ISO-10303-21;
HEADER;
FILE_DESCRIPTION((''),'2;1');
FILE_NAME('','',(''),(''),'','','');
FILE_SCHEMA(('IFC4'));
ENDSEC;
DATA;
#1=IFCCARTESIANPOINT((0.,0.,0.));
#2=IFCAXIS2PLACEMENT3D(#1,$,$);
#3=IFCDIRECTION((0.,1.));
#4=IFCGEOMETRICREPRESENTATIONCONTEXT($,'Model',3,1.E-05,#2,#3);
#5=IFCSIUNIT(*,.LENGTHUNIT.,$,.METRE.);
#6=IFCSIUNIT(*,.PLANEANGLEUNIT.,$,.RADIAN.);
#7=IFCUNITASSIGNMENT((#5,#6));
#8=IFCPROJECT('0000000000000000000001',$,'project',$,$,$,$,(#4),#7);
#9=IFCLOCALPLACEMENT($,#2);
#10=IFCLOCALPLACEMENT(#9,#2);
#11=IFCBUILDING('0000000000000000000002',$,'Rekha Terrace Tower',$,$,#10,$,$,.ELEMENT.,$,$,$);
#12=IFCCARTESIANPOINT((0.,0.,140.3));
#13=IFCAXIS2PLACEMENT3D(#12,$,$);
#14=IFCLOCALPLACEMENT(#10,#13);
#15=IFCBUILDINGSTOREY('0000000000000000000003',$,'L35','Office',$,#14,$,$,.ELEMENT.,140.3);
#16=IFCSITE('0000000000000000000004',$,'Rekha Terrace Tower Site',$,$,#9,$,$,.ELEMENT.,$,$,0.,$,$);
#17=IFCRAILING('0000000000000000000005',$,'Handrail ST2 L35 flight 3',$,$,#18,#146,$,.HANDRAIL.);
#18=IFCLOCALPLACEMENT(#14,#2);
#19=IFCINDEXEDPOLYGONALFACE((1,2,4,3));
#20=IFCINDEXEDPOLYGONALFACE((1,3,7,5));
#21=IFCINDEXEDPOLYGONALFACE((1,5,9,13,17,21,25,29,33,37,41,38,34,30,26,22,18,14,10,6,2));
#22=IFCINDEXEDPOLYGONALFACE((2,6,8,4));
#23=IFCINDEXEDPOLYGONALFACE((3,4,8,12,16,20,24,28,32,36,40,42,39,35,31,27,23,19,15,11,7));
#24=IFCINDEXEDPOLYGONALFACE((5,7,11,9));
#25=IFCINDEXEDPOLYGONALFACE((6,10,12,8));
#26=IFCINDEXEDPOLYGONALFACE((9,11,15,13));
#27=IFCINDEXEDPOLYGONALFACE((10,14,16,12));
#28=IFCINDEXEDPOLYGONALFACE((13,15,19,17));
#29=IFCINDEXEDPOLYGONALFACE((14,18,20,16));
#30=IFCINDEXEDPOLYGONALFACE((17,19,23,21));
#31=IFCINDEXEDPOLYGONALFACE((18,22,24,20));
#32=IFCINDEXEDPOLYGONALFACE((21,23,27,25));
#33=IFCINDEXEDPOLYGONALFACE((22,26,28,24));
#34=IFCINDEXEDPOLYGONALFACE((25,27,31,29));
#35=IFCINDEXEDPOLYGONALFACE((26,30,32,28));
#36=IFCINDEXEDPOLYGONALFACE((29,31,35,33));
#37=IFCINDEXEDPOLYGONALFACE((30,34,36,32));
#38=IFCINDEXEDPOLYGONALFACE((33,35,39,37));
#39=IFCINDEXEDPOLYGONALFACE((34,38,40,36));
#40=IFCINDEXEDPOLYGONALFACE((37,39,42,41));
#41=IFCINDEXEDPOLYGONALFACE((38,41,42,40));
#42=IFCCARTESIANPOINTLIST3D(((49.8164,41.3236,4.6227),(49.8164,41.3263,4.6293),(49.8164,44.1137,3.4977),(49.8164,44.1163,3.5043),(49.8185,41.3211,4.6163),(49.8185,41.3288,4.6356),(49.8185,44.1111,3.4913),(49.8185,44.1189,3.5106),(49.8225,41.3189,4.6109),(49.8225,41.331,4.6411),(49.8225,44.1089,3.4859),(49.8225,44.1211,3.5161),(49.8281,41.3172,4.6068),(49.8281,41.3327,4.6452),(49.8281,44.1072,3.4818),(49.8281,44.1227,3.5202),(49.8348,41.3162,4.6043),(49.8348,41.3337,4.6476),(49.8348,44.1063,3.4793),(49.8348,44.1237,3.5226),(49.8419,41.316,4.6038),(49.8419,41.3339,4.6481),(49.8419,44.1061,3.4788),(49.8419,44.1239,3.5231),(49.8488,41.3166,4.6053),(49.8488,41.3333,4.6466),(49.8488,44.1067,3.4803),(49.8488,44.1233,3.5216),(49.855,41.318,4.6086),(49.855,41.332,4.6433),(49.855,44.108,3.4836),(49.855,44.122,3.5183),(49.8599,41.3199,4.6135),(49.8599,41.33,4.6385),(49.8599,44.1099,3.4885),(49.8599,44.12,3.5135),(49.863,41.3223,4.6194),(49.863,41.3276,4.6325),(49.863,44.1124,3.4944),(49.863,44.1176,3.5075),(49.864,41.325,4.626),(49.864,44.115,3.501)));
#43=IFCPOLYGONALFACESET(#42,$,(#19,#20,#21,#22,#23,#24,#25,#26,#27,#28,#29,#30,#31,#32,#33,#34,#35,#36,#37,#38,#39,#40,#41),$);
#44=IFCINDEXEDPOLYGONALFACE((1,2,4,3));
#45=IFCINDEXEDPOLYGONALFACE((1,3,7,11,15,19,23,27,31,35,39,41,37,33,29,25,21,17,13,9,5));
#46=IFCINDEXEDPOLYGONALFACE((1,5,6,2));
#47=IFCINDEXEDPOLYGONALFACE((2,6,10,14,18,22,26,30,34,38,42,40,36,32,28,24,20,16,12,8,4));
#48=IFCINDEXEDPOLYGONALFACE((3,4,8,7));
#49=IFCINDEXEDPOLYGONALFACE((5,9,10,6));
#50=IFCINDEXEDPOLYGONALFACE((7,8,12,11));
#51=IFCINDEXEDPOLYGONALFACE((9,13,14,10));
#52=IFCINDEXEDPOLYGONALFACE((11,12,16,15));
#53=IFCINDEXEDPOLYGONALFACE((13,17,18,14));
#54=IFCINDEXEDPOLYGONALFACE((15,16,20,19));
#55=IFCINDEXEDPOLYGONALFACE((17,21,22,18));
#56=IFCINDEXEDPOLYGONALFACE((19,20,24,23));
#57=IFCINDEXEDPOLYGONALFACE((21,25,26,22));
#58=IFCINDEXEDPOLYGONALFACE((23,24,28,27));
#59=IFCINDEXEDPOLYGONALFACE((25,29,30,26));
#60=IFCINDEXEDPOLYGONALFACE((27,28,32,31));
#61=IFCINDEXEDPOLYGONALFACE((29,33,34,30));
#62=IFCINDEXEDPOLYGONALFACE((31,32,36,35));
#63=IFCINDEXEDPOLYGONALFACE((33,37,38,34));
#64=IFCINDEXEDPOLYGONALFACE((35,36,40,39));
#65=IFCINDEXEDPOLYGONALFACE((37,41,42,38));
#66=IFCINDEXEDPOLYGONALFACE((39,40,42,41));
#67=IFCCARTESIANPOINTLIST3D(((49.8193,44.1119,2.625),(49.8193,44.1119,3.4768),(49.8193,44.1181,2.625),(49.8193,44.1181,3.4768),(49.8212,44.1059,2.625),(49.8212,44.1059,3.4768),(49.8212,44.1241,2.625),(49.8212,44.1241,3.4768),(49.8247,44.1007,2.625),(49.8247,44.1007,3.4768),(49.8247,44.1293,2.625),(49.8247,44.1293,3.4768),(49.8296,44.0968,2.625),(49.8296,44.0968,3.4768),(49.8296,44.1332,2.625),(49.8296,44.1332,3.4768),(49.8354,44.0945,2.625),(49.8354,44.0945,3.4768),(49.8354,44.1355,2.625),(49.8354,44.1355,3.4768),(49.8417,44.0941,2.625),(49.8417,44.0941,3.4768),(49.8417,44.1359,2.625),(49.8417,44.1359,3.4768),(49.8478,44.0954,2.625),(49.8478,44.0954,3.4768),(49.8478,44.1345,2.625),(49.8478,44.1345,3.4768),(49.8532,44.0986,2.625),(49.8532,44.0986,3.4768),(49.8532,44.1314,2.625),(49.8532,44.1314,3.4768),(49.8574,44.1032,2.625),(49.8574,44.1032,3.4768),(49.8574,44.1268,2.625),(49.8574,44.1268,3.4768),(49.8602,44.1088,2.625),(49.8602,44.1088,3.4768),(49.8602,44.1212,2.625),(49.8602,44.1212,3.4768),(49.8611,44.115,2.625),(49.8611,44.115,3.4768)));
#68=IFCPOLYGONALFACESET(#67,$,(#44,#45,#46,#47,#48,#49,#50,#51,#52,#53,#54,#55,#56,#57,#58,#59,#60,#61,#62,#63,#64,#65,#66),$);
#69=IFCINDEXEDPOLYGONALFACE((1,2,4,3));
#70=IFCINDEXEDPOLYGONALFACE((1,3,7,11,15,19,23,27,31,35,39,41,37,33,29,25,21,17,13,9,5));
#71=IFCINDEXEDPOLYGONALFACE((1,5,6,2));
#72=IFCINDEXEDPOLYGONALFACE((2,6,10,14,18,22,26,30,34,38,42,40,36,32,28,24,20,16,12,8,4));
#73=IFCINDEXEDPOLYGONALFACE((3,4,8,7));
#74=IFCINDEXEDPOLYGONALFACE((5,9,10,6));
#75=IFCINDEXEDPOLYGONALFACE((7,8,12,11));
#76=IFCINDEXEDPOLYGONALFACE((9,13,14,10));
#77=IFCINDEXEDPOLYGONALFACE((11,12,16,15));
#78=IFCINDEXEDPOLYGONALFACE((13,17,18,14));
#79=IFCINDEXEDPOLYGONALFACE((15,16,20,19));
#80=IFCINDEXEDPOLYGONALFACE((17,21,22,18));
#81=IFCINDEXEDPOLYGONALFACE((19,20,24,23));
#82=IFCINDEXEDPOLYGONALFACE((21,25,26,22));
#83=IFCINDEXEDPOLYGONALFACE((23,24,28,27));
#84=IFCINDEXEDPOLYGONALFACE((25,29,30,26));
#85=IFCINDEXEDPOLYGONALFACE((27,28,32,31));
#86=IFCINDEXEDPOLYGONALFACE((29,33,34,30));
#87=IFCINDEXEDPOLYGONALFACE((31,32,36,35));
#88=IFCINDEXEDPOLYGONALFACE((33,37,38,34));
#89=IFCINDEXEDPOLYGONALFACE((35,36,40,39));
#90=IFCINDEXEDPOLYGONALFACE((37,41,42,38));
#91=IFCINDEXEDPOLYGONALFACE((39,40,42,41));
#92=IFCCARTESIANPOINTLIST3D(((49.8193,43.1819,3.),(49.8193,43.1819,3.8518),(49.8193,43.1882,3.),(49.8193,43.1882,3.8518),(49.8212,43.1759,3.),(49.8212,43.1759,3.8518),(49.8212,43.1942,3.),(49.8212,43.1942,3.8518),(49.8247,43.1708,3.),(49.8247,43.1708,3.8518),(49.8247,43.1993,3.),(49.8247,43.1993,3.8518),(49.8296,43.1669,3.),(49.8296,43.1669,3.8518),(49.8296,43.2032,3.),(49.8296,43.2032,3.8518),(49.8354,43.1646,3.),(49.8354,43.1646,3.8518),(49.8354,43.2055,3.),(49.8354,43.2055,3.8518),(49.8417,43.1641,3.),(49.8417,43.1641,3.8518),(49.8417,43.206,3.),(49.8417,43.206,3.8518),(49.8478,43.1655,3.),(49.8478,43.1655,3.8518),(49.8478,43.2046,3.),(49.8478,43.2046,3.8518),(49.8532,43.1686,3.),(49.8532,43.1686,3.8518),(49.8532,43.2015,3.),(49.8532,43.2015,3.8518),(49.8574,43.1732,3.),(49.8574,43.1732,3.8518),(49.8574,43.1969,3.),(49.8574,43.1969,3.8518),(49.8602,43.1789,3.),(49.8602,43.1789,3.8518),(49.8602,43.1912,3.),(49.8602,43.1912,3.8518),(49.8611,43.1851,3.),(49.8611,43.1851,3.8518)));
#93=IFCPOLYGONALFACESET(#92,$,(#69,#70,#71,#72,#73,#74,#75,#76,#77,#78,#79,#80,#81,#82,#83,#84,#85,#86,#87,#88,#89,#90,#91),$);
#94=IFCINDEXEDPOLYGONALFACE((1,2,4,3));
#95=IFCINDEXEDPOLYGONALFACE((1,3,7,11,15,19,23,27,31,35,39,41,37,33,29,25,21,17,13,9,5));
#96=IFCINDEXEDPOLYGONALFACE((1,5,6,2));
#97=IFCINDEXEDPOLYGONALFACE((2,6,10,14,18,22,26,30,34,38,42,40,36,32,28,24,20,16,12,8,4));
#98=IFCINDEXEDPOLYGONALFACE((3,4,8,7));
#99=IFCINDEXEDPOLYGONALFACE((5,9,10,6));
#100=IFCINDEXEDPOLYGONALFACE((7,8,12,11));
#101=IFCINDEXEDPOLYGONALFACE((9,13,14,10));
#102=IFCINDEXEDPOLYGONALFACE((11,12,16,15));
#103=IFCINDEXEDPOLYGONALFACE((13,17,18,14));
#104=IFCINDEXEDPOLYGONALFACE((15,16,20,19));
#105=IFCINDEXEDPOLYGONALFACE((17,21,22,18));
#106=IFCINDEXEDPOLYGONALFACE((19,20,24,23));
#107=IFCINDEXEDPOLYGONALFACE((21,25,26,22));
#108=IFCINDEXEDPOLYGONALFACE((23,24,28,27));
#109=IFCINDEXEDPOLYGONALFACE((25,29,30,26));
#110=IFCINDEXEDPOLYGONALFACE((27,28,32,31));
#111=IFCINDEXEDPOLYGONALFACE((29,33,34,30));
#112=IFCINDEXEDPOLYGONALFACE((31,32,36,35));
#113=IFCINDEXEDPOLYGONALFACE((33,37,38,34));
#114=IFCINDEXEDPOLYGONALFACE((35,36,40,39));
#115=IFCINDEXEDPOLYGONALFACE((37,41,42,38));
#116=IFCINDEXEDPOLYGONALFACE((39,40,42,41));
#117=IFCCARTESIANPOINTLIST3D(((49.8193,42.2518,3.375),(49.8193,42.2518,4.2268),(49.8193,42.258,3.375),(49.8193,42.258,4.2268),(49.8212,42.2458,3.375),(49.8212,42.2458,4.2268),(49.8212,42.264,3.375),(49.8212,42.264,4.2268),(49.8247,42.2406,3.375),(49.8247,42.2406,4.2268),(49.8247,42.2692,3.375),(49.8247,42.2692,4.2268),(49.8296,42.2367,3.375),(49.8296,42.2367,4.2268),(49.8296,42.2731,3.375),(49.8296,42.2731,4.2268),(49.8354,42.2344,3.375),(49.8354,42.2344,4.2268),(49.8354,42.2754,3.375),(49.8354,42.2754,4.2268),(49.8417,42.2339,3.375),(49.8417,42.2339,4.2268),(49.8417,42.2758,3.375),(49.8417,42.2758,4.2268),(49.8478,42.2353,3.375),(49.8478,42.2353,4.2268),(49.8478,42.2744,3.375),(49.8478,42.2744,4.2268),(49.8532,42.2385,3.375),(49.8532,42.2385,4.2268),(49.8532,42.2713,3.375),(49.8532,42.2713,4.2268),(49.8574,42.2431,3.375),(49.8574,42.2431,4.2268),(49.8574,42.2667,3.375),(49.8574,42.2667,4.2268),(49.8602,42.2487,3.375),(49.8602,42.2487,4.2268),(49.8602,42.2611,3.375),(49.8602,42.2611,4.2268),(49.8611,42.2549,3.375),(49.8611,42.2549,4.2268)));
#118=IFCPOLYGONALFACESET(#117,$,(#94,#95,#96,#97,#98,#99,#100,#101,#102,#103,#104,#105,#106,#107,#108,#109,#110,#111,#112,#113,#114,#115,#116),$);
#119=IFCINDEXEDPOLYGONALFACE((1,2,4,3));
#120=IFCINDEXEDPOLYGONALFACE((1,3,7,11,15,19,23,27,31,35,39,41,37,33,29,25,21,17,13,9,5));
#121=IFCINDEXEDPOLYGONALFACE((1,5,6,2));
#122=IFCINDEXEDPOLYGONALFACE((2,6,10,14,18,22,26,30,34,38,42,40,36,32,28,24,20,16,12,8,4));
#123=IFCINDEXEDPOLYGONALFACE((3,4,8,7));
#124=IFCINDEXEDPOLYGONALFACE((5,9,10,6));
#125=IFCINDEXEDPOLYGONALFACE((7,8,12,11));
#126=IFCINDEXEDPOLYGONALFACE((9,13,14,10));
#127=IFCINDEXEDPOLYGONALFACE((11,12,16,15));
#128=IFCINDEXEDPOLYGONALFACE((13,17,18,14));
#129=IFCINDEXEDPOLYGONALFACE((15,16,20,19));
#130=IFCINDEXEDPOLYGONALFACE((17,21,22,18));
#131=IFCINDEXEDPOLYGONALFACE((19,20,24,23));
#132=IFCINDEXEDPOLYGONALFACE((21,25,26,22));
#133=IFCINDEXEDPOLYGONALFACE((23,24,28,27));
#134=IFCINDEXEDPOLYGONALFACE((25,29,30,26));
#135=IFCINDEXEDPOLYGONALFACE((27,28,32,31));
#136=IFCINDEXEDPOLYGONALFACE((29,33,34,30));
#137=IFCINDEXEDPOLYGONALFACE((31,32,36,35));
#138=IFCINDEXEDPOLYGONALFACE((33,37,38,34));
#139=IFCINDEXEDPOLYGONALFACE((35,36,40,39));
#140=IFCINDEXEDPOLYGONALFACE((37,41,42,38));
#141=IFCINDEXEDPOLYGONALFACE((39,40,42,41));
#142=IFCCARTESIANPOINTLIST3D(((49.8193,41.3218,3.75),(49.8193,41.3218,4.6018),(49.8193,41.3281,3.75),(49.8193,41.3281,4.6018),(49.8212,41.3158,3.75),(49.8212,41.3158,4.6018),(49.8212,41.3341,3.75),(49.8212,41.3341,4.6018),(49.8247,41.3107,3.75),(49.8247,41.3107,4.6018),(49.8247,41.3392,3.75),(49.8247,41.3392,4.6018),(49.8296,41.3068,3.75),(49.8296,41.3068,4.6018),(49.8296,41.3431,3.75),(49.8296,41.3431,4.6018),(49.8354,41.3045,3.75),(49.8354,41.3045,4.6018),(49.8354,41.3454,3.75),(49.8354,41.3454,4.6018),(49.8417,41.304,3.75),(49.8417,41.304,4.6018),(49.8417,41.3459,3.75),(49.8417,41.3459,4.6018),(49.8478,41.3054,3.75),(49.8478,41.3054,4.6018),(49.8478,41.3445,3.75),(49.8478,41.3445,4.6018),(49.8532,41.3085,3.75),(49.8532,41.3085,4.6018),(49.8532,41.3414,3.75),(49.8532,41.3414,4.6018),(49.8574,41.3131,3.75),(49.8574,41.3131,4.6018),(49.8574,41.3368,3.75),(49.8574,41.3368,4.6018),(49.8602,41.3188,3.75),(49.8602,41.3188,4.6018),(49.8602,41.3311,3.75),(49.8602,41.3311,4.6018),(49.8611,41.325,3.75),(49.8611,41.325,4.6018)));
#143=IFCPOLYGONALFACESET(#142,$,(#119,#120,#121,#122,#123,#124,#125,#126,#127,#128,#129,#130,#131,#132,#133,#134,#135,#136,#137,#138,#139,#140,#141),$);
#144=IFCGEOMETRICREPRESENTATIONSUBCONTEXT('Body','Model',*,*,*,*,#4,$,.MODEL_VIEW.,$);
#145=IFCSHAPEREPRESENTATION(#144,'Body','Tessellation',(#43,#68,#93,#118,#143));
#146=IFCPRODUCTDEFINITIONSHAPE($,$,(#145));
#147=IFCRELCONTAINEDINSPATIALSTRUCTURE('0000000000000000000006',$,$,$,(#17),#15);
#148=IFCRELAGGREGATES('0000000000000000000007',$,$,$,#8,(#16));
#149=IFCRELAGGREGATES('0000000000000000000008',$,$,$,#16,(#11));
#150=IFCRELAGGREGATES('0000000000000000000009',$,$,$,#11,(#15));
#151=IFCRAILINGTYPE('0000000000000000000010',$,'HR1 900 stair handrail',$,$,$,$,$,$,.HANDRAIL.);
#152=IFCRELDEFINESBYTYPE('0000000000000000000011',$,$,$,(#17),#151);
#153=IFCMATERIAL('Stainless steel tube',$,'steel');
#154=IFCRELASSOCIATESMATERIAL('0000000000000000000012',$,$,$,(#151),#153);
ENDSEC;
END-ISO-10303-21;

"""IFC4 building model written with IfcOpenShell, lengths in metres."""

from ifc_helpers import new_model, si_unit, direction, frame, origin, origin_2d, place, context, subcontext, project, spatial, circle, extrude, material, type_object, element, save


model = new_model("IFC4")

# Units and contexts
model_context = context("Model", 3, precision=1e-05, world=origin(), true_north=direction((0.0, 1.0)))
body_context = subcontext(model_context, "Body", "Model", "MODEL_VIEW")
ifc_project = project(units=[si_unit("LENGTHUNIT", "METRE"), si_unit("PLANEANGLEUNIT", "RADIAN")], contexts=[model_context])

# Site, building, storey
site_placement = place(None, origin())
site = spatial("IfcSite", under=ifc_project, at=site_placement, Name="Rekha Terrace Tower Site", CompositionType="ELEMENT", RefElevation=0.0)
building_placement = place(site_placement, origin())
building = spatial("IfcBuilding", under=site, at=building_placement, Name="Rekha Terrace Tower", CompositionType="ELEMENT")
storey_placement = place(building_placement, frame((0.0, 0.0, 140.3)))
storey = spatial("IfcBuildingStorey", under=building, at=storey_placement, Name="L35", Description="Office", CompositionType="ELEMENT", Elevation=140.3)

# Railing
ifc_material_1 = material(Name="Stainless steel tube", Category="steel")
railing_type_1 = type_object("IfcRailingType", Name="HR1 900 stair handrail", PredefinedType="HANDRAIL", material=ifc_material_1)
railing_1_placement = place(storey_placement, frame((49.8401, 44.115, 2.625)))
element("IfcRailing", 1, at=railing_1_placement, inside=storey, type_object=railing_type_1, Name="Handrail ST2 L35 flight 3", PredefinedType="HANDRAIL", context=body_context, shape_type="SweptSolid", body=[
    extrude(circle(Radius=0.0239, at=origin_2d()), frame((0.0, 0.0, 0.876), z_axis=(0.0, -0.927443, 0.373964), x_axis=(1.0, 0.0, 0.0)), (0.0, 0.0, 1.0), 3.0083),
    extrude(circle(Radius=0.021, at=origin_2d()), origin(), (0.0, 0.0, 1.0), 0.8518),
    extrude(circle(Radius=0.021, at=origin_2d()), frame((0.0, -0.9299, 0.375)), (0.0, 0.0, 1.0), 0.8518),
    extrude(circle(Radius=0.021, at=origin_2d()), frame((0.0, -1.8601, 0.75)), (0.0, 0.0, 1.0), 0.8518),
    extrude(circle(Radius=0.021, at=origin_2d()), frame((0.0, -2.79, 1.125)), (0.0, 0.0, 1.0), 0.8518),
])

save(model, "model.ifc")
